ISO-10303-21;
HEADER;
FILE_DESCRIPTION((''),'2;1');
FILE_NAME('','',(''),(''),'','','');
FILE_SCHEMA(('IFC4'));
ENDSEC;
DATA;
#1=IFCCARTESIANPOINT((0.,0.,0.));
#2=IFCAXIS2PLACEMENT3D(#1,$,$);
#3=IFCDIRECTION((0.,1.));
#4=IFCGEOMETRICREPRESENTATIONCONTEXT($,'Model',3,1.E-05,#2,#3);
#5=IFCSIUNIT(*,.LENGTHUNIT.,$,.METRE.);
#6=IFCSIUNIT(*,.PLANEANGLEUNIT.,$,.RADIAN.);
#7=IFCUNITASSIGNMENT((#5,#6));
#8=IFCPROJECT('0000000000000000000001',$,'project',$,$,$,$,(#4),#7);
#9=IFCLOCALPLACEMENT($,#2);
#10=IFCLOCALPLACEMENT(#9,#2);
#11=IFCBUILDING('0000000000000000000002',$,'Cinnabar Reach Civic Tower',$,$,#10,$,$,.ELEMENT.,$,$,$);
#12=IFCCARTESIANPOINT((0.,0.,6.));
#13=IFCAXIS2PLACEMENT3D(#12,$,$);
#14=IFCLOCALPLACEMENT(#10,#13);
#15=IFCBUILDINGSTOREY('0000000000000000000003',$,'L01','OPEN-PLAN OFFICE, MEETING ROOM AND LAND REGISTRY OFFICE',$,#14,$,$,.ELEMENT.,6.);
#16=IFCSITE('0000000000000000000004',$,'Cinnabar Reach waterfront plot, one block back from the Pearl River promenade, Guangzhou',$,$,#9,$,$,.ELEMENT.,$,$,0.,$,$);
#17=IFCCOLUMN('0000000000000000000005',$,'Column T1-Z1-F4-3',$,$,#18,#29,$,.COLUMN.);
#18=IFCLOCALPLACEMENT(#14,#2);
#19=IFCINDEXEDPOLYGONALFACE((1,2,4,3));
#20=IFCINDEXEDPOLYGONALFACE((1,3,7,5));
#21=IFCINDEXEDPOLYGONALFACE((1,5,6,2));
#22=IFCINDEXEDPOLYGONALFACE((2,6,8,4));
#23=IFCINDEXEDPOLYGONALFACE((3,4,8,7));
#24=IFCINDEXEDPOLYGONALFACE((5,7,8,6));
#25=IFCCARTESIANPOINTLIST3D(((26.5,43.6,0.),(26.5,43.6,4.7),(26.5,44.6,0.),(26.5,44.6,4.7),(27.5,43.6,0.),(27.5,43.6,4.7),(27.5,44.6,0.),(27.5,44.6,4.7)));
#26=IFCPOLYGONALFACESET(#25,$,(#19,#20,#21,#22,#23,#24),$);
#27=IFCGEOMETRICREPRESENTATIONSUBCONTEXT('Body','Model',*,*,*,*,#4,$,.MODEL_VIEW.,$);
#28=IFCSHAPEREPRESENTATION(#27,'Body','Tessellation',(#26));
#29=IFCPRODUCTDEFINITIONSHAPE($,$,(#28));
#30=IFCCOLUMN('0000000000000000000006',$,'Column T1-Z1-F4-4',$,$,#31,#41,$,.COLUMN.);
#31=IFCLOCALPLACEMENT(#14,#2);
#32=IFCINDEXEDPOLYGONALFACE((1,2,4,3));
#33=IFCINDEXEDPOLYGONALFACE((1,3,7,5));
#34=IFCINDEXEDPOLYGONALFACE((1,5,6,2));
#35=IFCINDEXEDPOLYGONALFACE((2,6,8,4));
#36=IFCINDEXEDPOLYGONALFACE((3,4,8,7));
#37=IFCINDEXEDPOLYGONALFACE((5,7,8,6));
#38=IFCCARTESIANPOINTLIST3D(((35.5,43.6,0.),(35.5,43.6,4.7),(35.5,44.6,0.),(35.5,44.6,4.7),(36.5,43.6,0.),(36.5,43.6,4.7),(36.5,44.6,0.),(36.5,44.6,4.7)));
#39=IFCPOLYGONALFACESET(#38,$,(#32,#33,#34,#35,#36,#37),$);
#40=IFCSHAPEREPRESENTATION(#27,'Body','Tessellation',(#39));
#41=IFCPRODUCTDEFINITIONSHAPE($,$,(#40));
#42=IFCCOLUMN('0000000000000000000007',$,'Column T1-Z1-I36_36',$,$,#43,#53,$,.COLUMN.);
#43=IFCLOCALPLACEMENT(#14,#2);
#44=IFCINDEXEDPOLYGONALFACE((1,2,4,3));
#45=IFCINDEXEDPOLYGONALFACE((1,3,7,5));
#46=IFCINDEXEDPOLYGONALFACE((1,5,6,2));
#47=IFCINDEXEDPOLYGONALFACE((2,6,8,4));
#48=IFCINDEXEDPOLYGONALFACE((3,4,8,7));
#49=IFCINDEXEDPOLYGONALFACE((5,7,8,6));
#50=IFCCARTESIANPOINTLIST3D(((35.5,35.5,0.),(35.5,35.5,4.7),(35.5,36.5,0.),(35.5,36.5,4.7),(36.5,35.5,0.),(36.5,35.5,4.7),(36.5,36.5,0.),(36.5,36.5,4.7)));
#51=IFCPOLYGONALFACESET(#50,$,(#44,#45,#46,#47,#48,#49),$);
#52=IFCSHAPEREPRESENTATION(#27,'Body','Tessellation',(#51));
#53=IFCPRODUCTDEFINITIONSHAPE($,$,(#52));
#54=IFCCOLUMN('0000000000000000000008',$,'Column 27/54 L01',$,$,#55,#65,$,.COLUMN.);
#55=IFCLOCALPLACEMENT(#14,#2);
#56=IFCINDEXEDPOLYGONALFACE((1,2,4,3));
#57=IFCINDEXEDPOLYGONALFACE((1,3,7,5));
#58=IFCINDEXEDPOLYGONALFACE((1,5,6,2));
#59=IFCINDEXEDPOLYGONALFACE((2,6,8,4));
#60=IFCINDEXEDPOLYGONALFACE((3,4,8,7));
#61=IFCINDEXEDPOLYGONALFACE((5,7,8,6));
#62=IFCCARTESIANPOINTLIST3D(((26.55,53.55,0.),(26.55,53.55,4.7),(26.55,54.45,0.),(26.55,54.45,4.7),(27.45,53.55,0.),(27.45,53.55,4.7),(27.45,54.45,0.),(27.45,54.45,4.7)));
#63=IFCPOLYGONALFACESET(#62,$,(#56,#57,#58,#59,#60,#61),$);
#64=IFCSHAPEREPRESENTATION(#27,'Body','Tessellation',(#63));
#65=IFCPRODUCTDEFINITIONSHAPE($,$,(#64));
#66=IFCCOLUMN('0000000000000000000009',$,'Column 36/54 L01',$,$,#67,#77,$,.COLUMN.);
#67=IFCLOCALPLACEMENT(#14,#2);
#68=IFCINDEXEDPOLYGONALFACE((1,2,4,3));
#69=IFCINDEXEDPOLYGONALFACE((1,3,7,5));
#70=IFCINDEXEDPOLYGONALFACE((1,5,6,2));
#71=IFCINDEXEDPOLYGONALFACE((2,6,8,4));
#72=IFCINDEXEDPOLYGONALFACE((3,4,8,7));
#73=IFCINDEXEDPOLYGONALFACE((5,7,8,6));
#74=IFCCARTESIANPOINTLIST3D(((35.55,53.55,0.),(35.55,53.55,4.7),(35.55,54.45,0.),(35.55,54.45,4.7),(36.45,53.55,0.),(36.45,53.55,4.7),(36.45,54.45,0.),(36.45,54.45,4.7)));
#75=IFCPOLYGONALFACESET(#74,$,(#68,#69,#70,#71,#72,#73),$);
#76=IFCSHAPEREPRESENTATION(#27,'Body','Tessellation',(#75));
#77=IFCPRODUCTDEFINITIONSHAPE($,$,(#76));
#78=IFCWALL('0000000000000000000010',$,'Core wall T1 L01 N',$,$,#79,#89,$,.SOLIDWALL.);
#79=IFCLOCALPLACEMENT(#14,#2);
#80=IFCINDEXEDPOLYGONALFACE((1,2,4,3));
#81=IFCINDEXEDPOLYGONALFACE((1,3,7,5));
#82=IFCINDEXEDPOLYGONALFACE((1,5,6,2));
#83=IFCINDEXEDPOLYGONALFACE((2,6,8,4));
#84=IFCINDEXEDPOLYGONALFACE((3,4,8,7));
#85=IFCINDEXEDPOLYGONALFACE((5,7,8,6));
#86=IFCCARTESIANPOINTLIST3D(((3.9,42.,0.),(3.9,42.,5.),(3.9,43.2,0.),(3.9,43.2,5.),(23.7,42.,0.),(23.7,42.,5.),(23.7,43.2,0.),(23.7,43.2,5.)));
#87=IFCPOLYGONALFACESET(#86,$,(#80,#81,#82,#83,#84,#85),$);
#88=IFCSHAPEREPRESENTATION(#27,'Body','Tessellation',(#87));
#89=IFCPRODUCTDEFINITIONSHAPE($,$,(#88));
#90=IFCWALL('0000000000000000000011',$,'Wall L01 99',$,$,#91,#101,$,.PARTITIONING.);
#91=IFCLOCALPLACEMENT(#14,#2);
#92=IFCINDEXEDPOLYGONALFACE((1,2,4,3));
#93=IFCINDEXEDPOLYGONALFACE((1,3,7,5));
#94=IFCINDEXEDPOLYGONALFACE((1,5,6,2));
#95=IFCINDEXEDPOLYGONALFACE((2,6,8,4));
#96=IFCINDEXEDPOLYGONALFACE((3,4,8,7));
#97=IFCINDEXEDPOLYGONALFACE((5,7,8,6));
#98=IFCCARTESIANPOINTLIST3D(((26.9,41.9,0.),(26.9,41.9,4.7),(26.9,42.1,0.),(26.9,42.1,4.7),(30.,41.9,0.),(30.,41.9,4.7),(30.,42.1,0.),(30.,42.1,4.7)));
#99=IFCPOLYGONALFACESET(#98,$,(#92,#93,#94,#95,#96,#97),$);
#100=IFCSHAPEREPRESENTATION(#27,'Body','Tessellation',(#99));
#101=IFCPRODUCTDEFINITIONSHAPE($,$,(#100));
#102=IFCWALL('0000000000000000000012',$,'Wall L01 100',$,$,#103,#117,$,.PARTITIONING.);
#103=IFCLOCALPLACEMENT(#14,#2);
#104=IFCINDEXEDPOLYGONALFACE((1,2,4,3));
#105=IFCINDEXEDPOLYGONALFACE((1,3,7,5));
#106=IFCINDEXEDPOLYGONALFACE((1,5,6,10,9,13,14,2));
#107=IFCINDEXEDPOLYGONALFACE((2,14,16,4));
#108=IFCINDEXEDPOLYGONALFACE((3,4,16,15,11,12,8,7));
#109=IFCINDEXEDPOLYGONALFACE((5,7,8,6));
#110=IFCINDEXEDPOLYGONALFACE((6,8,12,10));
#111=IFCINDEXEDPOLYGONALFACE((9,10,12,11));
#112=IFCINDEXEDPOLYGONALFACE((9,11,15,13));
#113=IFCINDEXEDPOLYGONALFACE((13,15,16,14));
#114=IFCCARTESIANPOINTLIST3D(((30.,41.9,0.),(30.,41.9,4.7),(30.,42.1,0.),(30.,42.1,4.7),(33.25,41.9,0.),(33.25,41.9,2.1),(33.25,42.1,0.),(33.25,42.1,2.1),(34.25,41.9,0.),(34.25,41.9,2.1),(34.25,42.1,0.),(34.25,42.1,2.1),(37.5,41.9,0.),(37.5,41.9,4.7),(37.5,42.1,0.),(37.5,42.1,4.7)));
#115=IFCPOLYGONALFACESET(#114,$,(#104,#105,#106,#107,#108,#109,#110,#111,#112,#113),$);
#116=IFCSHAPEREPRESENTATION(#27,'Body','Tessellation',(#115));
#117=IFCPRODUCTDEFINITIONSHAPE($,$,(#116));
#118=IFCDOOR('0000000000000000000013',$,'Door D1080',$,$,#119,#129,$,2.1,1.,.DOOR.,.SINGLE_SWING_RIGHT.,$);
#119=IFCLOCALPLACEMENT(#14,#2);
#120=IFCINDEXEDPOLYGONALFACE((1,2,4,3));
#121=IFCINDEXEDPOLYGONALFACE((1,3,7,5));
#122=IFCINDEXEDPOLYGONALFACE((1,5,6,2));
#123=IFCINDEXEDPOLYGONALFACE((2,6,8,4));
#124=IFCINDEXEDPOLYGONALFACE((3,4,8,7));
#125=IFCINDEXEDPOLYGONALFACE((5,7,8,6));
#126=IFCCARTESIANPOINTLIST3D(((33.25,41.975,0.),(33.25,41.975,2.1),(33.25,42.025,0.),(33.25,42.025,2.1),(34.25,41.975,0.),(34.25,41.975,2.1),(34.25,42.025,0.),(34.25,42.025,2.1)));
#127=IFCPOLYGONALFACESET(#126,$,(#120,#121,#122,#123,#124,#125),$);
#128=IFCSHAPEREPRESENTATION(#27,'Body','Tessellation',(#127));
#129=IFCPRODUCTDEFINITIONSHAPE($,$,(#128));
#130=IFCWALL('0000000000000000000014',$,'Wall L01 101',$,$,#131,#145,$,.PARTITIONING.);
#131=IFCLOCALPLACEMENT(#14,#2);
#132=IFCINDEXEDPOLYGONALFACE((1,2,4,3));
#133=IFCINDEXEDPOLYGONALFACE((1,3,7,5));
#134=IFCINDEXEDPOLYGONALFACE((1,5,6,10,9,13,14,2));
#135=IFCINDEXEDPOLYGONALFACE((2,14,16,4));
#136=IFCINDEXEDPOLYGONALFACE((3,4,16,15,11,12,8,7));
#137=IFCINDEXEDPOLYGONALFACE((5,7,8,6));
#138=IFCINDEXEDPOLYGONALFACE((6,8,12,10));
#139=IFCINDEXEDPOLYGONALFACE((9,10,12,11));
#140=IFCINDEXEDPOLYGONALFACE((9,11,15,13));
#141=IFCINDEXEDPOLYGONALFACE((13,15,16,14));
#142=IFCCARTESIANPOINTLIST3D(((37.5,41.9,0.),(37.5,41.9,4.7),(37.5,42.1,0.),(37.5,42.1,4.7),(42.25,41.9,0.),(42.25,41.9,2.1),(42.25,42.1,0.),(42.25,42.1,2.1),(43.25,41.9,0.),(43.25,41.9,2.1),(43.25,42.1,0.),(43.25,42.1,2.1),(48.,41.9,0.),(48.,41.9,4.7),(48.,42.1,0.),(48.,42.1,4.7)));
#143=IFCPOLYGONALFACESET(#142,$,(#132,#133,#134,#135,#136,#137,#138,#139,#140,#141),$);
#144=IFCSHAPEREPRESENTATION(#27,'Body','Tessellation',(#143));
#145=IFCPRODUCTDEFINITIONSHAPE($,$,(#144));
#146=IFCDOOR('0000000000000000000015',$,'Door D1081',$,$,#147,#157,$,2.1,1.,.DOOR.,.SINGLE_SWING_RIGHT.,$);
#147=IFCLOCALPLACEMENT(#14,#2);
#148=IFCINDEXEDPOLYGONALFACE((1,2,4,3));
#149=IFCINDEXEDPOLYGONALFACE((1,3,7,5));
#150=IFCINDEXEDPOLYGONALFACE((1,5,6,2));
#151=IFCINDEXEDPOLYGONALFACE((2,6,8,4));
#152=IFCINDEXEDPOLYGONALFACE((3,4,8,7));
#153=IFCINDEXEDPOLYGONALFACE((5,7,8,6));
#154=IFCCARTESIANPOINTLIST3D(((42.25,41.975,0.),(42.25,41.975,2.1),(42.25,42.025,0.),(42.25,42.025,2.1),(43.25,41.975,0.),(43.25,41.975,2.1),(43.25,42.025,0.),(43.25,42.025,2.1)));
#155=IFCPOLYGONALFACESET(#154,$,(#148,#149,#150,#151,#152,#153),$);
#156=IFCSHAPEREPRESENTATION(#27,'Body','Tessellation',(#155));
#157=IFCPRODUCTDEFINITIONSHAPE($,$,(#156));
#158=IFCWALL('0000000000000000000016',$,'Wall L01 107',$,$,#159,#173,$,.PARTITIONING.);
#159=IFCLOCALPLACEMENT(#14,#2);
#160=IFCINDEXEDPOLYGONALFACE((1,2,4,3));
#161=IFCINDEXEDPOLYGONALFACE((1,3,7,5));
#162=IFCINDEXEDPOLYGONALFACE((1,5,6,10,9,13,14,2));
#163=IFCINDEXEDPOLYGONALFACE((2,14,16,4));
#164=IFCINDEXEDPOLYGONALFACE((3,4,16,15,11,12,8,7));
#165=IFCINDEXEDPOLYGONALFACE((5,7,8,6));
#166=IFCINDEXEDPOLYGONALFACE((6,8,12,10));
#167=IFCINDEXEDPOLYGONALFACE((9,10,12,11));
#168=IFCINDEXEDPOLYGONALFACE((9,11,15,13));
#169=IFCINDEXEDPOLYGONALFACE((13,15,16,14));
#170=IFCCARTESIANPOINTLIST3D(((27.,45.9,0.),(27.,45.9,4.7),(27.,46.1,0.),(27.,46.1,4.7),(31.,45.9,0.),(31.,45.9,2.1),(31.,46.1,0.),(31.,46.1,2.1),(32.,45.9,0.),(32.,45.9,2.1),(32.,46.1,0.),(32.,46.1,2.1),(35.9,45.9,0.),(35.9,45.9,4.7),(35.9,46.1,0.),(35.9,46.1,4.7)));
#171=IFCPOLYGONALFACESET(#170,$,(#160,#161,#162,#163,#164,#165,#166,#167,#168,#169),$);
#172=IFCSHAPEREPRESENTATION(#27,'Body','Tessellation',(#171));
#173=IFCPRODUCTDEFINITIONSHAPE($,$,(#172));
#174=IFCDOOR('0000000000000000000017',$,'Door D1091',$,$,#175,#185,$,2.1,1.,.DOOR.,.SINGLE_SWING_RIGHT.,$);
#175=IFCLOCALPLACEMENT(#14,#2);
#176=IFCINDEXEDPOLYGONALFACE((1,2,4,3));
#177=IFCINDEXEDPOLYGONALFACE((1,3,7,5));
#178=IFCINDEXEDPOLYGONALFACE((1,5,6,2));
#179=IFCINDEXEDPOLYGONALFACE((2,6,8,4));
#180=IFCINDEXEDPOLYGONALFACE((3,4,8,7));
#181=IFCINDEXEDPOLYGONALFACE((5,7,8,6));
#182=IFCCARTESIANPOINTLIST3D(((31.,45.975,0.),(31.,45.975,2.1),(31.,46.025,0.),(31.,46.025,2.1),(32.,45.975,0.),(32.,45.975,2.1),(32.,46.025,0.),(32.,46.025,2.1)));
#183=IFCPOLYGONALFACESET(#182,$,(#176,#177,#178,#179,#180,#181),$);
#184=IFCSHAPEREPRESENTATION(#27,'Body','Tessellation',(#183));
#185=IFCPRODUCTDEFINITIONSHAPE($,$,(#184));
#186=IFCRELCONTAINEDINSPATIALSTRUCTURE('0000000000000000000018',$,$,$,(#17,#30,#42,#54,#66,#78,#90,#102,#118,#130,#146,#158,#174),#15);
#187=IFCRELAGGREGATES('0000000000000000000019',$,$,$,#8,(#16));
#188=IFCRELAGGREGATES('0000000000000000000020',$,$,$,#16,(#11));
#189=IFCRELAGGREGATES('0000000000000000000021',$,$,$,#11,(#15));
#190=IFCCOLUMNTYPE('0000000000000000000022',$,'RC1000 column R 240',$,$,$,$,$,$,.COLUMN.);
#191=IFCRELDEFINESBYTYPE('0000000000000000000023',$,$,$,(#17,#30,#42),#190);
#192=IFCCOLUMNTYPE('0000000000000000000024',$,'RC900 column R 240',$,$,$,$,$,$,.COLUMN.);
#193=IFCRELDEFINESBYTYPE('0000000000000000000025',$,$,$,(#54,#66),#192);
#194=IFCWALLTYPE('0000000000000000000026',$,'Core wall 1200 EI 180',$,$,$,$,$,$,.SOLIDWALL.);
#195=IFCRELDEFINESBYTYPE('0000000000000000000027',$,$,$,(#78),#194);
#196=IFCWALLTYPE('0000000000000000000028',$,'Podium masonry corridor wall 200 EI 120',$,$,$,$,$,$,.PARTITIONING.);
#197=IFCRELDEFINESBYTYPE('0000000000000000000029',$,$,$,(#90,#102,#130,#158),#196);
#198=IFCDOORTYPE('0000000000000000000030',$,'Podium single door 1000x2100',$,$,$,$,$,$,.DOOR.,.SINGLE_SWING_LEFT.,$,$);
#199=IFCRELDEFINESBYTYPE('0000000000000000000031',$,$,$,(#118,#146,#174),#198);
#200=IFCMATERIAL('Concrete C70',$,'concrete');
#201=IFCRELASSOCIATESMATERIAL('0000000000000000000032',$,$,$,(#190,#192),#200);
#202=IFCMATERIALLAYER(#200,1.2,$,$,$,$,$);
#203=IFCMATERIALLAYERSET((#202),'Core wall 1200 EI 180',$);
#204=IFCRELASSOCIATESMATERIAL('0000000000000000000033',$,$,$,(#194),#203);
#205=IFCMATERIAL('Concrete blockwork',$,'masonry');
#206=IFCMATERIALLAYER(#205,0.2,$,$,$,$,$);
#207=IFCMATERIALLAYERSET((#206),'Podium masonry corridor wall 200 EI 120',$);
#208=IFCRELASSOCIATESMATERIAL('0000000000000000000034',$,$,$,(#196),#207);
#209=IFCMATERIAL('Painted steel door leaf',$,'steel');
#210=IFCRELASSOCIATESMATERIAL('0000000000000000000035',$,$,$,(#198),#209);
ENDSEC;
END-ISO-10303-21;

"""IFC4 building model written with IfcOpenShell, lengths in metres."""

from ifc_helpers import new_model, si_unit, direction, frame, frame_2d, origin, origin_2d, place, context, subcontext, project, spatial, rectangle, extrude, material, layer, layer_set, material_profile, profile_set, type_object, element, fill, save


model = new_model("IFC4")

# Units and contexts
model_context = context("Model", 3, precision=1e-05, world=origin(), true_north=direction((0.0, 1.0)))
body_context = subcontext(model_context, "Body", "Model", "MODEL_VIEW")
ifc_project = project(units=[si_unit("LENGTHUNIT", "METRE"), si_unit("PLANEANGLEUNIT", "RADIAN")], contexts=[model_context])

# Site, building, storey
site_placement = place(None, origin())
site = spatial("IfcSite", under=ifc_project, at=site_placement, Name="Cinnabar Reach waterfront plot, one block back from the Pearl River promenade, Guangzhou", CompositionType="ELEMENT", RefElevation=0.0)
building_placement = place(site_placement, origin())
building = spatial("IfcBuilding", under=site, at=building_placement, Name="Cinnabar Reach Civic Tower", CompositionType="ELEMENT")
storey_placement = place(building_placement, frame((0.0, 0.0, 6.0)))
storey = spatial("IfcBuildingStorey", under=building, at=storey_placement, Name="L01", Description="OPEN-PLAN OFFICE, MEETING ROOM AND LAND REGISTRY OFFICE", CompositionType="ELEMENT", Elevation=6.0)

# Columns
ifc_material_1 = material(Name="Concrete C70", Category="concrete")
ifc_material_profile_1 = material_profile(ifc_material_1, rectangle(XDim=1.0, YDim=1.0, at=origin_2d()), Name="RC1000")
ifc_profile_set_1 = profile_set([ifc_material_profile_1], Name="Concrete C70")
column_type_1 = type_object("IfcColumnType", Name="RC1000 column R 240", PredefinedType="COLUMN", material=ifc_profile_set_1)
for number, where, z_axis, x_axis, name in (
    (1, (27.0, 44.1, 0.0), (0.0, 0.0, 1.0), (1.0, 0.0, 0.0), "Column T1-Z1-F4-3"),
    (2, (36.0, 44.1, 0.0), (0.0, 0.0, 1.0), (1.0, 0.0, 0.0), "Column T1-Z1-F4-4"),
    (3, (36.0, 36.0, 0.0), (0.0, 0.0, 1.0), (1.0, 0.0, 0.0), "Column T1-Z1-I36_36"),
):
    element("IfcColumn", number, at=place(storey_placement, frame(where, z_axis=z_axis, x_axis=x_axis)), inside=storey, type_object=column_type_1, Name=name, PredefinedType="COLUMN", context=body_context, shape_type="SweptSolid", body=[
        extrude(rectangle(XDim=1.0, YDim=1.0, at=origin_2d()), origin(), (0.0, 0.0, 1.0), 4.7),
    ])
ifc_material_profile_2 = material_profile(ifc_material_1, rectangle(XDim=0.9, YDim=0.9, at=origin_2d()), Name="RC900")
ifc_profile_set_2 = profile_set([ifc_material_profile_2], Name="Concrete C70")
column_type_2 = type_object("IfcColumnType", Name="RC900 column R 240", PredefinedType="COLUMN", material=ifc_profile_set_2)
for number, where, z_axis, x_axis, name in (
    (4, (27.0, 54.0, 0.0), (0.0, 0.0, 1.0), (1.0, 0.0, 0.0), "Column 27/54 L01"),
    (5, (36.0, 54.0, 0.0), (0.0, 0.0, 1.0), (1.0, 0.0, 0.0), "Column 36/54 L01"),
):
    element("IfcColumn", number, at=place(storey_placement, frame(where, z_axis=z_axis, x_axis=x_axis)), inside=storey, type_object=column_type_2, Name=name, PredefinedType="COLUMN", context=body_context, shape_type="SweptSolid", body=[
        extrude(rectangle(XDim=0.9, YDim=0.9, at=origin_2d()), origin(), (0.0, 0.0, 1.0), 4.7),
    ])

# Walls
ifc_layer_1 = layer(ifc_material_1, 1.2)
ifc_layer_set_1 = layer_set([ifc_layer_1], Name="Core wall 1200 EI 180")
wall_type_1 = type_object("IfcWallType", Name="Core wall 1200 EI 180", PredefinedType="SOLIDWALL", material=ifc_layer_set_1)
wall_1_placement = place(storey_placement, frame((23.7, 42.6, 0.0), z_axis=(0.0, 0.0, 1.0), x_axis=(-1.0, 0.0, 0.0)))
element("IfcWall", 6, at=wall_1_placement, inside=storey, type_object=wall_type_1, Name="Core wall T1 L01 N", PredefinedType="SOLIDWALL", context=body_context, shape_type="SweptSolid", body=[
    extrude(rectangle(XDim=19.8, YDim=1.2, at=frame_2d((9.9, 0.0))), origin(), (0.0, 0.0, 1.0), 5.0),
])
ifc_material_2 = material(Name="Concrete blockwork", Category="masonry")
ifc_layer_2 = layer(ifc_material_2, 0.2)
ifc_layer_set_2 = layer_set([ifc_layer_2], Name="Podium masonry corridor wall 200 EI 120")
wall_type_2 = type_object("IfcWallType", Name="Podium masonry corridor wall 200 EI 120", PredefinedType="PARTITIONING", material=ifc_layer_set_2)
wall_2_placement = place(storey_placement, frame((26.9, 42.0, 0.0), z_axis=(0.0, 0.0, 1.0), x_axis=(1.0, 0.0, 0.0)))
element("IfcWall", 7, at=wall_2_placement, inside=storey, type_object=wall_type_2, Name="Wall L01 99", PredefinedType="PARTITIONING", context=body_context, shape_type="SweptSolid", body=[
    extrude(rectangle(XDim=3.1, YDim=0.2, at=frame_2d((1.55, 0.0))), origin(), (0.0, 0.0, 1.0), 4.7),
])

# Walls, openings, doors
wall_3_placement = place(storey_placement, frame((30.0, 42.0, 0.0), z_axis=(0.0, 0.0, 1.0), x_axis=(1.0, 0.0, 0.0)))
wall_3 = element("IfcWall", 8, at=wall_3_placement, inside=storey, type_object=wall_type_2, Name="Wall L01 100", PredefinedType="PARTITIONING", context=body_context, shape_type="SweptSolid", body=[
    extrude(rectangle(XDim=7.5, YDim=0.2, at=frame_2d((3.75, 0.0))), origin(), (0.0, 0.0, 1.0), 4.7),
])
opening_1_placement = place(wall_3_placement, frame((3.25, 0.0, 0.0)))
opening_1 = element("IfcOpeningElement", 9, at=opening_1_placement, cuts=wall_3, PredefinedType="OPENING", context=body_context, shape_type="SweptSolid", body=[
    extrude(rectangle(XDim=1.0, YDim=2.1, at=frame_2d((0.5, 1.05))), frame((0.0, 0.11, 0.0), z_axis=(0.0, -1.0, 0.0), x_axis=(1.0, 0.0, 0.0)), (0.0, 0.0, 1.0), 0.22),
])
ifc_material_3 = material(Name="Painted steel door leaf", Category="steel")
door_type_1 = type_object("IfcDoorType", Name="Podium single door 1000x2100", OperationType="SINGLE_SWING_LEFT", PredefinedType="DOOR", material=ifc_material_3)
door_1_placement = place(opening_1_placement, frame((1.0, 0.0, 0.0), z_axis=(0.0, 0.0, 1.0), x_axis=(-1.0, 0.0, 0.0)))
door_1 = element("IfcDoor", 10, at=door_1_placement, inside=storey, type_object=door_type_1, Name="Door D1080", OperationType="SINGLE_SWING_RIGHT", OverallHeight=2.1, OverallWidth=1.0, PredefinedType="DOOR", context=body_context, shape_type="SweptSolid", body=[
    extrude(rectangle(XDim=1.0, YDim=2.1, at=frame_2d((0.5, 1.05))), frame((0.0, 0.025, 0.0), z_axis=(0.0, -1.0, 0.0), x_axis=(1.0, 0.0, 0.0)), (0.0, 0.0, 1.0), 0.05),
])
fill(opening_1, door_1)
wall_4_placement = place(storey_placement, frame((37.5, 42.0, 0.0), z_axis=(0.0, 0.0, 1.0), x_axis=(1.0, 0.0, 0.0)))
wall_4 = element("IfcWall", 11, at=wall_4_placement, inside=storey, type_object=wall_type_2, Name="Wall L01 101", PredefinedType="PARTITIONING", context=body_context, shape_type="SweptSolid", body=[
    extrude(rectangle(XDim=10.5, YDim=0.2, at=frame_2d((5.25, 0.0))), origin(), (0.0, 0.0, 1.0), 4.7),
])
opening_2_placement = place(wall_4_placement, frame((4.75, 0.0, 0.0)))
opening_2 = element("IfcOpeningElement", 12, at=opening_2_placement, cuts=wall_4, PredefinedType="OPENING", context=body_context, shape_type="SweptSolid", body=[
    extrude(rectangle(XDim=1.0, YDim=2.1, at=frame_2d((0.5, 1.05))), frame((0.0, 0.11, 0.0), z_axis=(0.0, -1.0, 0.0), x_axis=(1.0, 0.0, 0.0)), (0.0, 0.0, 1.0), 0.22),
])
door_2_placement = place(opening_2_placement, frame((1.0, 0.0, 0.0), z_axis=(0.0, 0.0, 1.0), x_axis=(-1.0, 0.0, 0.0)))
door_2 = element("IfcDoor", 13, at=door_2_placement, inside=storey, type_object=door_type_1, Name="Door D1081", OperationType="SINGLE_SWING_RIGHT", OverallHeight=2.1, OverallWidth=1.0, PredefinedType="DOOR", context=body_context, shape_type="SweptSolid", body=[
    extrude(rectangle(XDim=1.0, YDim=2.1, at=frame_2d((0.5, 1.05))), frame((0.0, 0.025, 0.0), z_axis=(0.0, -1.0, 0.0), x_axis=(1.0, 0.0, 0.0)), (0.0, 0.0, 1.0), 0.05),
])
fill(opening_2, door_2)
wall_5_placement = place(storey_placement, frame((27.0, 46.0, 0.0), z_axis=(0.0, 0.0, 1.0), x_axis=(1.0, 0.0, 0.0)))
wall_5 = element("IfcWall", 14, at=wall_5_placement, inside=storey, type_object=wall_type_2, Name="Wall L01 107", PredefinedType="PARTITIONING", context=body_context, shape_type="SweptSolid", body=[
    extrude(rectangle(XDim=8.9, YDim=0.2, at=frame_2d((4.45, 0.0))), origin(), (0.0, 0.0, 1.0), 4.7),
])
opening_3_placement = place(wall_5_placement, frame((4.0, 0.0, 0.0)))
opening_3 = element("IfcOpeningElement", 15, at=opening_3_placement, cuts=wall_5, PredefinedType="OPENING", context=body_context, shape_type="SweptSolid", body=[
    extrude(rectangle(XDim=1.0, YDim=2.1, at=frame_2d((0.5, 1.05))), frame((0.0, 0.11, 0.0), z_axis=(0.0, -1.0, 0.0), x_axis=(1.0, 0.0, 0.0)), (0.0, 0.0, 1.0), 0.22),
])
door_3_placement = place(opening_3_placement, origin())
door_3 = element("IfcDoor", 16, at=door_3_placement, inside=storey, type_object=door_type_1, Name="Door D1091", OperationType="SINGLE_SWING_RIGHT", OverallHeight=2.1, OverallWidth=1.0, PredefinedType="DOOR", context=body_context, shape_type="SweptSolid", body=[
    extrude(rectangle(XDim=1.0, YDim=2.1, at=frame_2d((0.5, 1.05))), frame((0.0, 0.025, 0.0), z_axis=(0.0, -1.0, 0.0), x_axis=(1.0, 0.0, 0.0)), (0.0, 0.0, 1.0), 0.05),
])
fill(opening_3, door_3)

save(model, "model.ifc")
